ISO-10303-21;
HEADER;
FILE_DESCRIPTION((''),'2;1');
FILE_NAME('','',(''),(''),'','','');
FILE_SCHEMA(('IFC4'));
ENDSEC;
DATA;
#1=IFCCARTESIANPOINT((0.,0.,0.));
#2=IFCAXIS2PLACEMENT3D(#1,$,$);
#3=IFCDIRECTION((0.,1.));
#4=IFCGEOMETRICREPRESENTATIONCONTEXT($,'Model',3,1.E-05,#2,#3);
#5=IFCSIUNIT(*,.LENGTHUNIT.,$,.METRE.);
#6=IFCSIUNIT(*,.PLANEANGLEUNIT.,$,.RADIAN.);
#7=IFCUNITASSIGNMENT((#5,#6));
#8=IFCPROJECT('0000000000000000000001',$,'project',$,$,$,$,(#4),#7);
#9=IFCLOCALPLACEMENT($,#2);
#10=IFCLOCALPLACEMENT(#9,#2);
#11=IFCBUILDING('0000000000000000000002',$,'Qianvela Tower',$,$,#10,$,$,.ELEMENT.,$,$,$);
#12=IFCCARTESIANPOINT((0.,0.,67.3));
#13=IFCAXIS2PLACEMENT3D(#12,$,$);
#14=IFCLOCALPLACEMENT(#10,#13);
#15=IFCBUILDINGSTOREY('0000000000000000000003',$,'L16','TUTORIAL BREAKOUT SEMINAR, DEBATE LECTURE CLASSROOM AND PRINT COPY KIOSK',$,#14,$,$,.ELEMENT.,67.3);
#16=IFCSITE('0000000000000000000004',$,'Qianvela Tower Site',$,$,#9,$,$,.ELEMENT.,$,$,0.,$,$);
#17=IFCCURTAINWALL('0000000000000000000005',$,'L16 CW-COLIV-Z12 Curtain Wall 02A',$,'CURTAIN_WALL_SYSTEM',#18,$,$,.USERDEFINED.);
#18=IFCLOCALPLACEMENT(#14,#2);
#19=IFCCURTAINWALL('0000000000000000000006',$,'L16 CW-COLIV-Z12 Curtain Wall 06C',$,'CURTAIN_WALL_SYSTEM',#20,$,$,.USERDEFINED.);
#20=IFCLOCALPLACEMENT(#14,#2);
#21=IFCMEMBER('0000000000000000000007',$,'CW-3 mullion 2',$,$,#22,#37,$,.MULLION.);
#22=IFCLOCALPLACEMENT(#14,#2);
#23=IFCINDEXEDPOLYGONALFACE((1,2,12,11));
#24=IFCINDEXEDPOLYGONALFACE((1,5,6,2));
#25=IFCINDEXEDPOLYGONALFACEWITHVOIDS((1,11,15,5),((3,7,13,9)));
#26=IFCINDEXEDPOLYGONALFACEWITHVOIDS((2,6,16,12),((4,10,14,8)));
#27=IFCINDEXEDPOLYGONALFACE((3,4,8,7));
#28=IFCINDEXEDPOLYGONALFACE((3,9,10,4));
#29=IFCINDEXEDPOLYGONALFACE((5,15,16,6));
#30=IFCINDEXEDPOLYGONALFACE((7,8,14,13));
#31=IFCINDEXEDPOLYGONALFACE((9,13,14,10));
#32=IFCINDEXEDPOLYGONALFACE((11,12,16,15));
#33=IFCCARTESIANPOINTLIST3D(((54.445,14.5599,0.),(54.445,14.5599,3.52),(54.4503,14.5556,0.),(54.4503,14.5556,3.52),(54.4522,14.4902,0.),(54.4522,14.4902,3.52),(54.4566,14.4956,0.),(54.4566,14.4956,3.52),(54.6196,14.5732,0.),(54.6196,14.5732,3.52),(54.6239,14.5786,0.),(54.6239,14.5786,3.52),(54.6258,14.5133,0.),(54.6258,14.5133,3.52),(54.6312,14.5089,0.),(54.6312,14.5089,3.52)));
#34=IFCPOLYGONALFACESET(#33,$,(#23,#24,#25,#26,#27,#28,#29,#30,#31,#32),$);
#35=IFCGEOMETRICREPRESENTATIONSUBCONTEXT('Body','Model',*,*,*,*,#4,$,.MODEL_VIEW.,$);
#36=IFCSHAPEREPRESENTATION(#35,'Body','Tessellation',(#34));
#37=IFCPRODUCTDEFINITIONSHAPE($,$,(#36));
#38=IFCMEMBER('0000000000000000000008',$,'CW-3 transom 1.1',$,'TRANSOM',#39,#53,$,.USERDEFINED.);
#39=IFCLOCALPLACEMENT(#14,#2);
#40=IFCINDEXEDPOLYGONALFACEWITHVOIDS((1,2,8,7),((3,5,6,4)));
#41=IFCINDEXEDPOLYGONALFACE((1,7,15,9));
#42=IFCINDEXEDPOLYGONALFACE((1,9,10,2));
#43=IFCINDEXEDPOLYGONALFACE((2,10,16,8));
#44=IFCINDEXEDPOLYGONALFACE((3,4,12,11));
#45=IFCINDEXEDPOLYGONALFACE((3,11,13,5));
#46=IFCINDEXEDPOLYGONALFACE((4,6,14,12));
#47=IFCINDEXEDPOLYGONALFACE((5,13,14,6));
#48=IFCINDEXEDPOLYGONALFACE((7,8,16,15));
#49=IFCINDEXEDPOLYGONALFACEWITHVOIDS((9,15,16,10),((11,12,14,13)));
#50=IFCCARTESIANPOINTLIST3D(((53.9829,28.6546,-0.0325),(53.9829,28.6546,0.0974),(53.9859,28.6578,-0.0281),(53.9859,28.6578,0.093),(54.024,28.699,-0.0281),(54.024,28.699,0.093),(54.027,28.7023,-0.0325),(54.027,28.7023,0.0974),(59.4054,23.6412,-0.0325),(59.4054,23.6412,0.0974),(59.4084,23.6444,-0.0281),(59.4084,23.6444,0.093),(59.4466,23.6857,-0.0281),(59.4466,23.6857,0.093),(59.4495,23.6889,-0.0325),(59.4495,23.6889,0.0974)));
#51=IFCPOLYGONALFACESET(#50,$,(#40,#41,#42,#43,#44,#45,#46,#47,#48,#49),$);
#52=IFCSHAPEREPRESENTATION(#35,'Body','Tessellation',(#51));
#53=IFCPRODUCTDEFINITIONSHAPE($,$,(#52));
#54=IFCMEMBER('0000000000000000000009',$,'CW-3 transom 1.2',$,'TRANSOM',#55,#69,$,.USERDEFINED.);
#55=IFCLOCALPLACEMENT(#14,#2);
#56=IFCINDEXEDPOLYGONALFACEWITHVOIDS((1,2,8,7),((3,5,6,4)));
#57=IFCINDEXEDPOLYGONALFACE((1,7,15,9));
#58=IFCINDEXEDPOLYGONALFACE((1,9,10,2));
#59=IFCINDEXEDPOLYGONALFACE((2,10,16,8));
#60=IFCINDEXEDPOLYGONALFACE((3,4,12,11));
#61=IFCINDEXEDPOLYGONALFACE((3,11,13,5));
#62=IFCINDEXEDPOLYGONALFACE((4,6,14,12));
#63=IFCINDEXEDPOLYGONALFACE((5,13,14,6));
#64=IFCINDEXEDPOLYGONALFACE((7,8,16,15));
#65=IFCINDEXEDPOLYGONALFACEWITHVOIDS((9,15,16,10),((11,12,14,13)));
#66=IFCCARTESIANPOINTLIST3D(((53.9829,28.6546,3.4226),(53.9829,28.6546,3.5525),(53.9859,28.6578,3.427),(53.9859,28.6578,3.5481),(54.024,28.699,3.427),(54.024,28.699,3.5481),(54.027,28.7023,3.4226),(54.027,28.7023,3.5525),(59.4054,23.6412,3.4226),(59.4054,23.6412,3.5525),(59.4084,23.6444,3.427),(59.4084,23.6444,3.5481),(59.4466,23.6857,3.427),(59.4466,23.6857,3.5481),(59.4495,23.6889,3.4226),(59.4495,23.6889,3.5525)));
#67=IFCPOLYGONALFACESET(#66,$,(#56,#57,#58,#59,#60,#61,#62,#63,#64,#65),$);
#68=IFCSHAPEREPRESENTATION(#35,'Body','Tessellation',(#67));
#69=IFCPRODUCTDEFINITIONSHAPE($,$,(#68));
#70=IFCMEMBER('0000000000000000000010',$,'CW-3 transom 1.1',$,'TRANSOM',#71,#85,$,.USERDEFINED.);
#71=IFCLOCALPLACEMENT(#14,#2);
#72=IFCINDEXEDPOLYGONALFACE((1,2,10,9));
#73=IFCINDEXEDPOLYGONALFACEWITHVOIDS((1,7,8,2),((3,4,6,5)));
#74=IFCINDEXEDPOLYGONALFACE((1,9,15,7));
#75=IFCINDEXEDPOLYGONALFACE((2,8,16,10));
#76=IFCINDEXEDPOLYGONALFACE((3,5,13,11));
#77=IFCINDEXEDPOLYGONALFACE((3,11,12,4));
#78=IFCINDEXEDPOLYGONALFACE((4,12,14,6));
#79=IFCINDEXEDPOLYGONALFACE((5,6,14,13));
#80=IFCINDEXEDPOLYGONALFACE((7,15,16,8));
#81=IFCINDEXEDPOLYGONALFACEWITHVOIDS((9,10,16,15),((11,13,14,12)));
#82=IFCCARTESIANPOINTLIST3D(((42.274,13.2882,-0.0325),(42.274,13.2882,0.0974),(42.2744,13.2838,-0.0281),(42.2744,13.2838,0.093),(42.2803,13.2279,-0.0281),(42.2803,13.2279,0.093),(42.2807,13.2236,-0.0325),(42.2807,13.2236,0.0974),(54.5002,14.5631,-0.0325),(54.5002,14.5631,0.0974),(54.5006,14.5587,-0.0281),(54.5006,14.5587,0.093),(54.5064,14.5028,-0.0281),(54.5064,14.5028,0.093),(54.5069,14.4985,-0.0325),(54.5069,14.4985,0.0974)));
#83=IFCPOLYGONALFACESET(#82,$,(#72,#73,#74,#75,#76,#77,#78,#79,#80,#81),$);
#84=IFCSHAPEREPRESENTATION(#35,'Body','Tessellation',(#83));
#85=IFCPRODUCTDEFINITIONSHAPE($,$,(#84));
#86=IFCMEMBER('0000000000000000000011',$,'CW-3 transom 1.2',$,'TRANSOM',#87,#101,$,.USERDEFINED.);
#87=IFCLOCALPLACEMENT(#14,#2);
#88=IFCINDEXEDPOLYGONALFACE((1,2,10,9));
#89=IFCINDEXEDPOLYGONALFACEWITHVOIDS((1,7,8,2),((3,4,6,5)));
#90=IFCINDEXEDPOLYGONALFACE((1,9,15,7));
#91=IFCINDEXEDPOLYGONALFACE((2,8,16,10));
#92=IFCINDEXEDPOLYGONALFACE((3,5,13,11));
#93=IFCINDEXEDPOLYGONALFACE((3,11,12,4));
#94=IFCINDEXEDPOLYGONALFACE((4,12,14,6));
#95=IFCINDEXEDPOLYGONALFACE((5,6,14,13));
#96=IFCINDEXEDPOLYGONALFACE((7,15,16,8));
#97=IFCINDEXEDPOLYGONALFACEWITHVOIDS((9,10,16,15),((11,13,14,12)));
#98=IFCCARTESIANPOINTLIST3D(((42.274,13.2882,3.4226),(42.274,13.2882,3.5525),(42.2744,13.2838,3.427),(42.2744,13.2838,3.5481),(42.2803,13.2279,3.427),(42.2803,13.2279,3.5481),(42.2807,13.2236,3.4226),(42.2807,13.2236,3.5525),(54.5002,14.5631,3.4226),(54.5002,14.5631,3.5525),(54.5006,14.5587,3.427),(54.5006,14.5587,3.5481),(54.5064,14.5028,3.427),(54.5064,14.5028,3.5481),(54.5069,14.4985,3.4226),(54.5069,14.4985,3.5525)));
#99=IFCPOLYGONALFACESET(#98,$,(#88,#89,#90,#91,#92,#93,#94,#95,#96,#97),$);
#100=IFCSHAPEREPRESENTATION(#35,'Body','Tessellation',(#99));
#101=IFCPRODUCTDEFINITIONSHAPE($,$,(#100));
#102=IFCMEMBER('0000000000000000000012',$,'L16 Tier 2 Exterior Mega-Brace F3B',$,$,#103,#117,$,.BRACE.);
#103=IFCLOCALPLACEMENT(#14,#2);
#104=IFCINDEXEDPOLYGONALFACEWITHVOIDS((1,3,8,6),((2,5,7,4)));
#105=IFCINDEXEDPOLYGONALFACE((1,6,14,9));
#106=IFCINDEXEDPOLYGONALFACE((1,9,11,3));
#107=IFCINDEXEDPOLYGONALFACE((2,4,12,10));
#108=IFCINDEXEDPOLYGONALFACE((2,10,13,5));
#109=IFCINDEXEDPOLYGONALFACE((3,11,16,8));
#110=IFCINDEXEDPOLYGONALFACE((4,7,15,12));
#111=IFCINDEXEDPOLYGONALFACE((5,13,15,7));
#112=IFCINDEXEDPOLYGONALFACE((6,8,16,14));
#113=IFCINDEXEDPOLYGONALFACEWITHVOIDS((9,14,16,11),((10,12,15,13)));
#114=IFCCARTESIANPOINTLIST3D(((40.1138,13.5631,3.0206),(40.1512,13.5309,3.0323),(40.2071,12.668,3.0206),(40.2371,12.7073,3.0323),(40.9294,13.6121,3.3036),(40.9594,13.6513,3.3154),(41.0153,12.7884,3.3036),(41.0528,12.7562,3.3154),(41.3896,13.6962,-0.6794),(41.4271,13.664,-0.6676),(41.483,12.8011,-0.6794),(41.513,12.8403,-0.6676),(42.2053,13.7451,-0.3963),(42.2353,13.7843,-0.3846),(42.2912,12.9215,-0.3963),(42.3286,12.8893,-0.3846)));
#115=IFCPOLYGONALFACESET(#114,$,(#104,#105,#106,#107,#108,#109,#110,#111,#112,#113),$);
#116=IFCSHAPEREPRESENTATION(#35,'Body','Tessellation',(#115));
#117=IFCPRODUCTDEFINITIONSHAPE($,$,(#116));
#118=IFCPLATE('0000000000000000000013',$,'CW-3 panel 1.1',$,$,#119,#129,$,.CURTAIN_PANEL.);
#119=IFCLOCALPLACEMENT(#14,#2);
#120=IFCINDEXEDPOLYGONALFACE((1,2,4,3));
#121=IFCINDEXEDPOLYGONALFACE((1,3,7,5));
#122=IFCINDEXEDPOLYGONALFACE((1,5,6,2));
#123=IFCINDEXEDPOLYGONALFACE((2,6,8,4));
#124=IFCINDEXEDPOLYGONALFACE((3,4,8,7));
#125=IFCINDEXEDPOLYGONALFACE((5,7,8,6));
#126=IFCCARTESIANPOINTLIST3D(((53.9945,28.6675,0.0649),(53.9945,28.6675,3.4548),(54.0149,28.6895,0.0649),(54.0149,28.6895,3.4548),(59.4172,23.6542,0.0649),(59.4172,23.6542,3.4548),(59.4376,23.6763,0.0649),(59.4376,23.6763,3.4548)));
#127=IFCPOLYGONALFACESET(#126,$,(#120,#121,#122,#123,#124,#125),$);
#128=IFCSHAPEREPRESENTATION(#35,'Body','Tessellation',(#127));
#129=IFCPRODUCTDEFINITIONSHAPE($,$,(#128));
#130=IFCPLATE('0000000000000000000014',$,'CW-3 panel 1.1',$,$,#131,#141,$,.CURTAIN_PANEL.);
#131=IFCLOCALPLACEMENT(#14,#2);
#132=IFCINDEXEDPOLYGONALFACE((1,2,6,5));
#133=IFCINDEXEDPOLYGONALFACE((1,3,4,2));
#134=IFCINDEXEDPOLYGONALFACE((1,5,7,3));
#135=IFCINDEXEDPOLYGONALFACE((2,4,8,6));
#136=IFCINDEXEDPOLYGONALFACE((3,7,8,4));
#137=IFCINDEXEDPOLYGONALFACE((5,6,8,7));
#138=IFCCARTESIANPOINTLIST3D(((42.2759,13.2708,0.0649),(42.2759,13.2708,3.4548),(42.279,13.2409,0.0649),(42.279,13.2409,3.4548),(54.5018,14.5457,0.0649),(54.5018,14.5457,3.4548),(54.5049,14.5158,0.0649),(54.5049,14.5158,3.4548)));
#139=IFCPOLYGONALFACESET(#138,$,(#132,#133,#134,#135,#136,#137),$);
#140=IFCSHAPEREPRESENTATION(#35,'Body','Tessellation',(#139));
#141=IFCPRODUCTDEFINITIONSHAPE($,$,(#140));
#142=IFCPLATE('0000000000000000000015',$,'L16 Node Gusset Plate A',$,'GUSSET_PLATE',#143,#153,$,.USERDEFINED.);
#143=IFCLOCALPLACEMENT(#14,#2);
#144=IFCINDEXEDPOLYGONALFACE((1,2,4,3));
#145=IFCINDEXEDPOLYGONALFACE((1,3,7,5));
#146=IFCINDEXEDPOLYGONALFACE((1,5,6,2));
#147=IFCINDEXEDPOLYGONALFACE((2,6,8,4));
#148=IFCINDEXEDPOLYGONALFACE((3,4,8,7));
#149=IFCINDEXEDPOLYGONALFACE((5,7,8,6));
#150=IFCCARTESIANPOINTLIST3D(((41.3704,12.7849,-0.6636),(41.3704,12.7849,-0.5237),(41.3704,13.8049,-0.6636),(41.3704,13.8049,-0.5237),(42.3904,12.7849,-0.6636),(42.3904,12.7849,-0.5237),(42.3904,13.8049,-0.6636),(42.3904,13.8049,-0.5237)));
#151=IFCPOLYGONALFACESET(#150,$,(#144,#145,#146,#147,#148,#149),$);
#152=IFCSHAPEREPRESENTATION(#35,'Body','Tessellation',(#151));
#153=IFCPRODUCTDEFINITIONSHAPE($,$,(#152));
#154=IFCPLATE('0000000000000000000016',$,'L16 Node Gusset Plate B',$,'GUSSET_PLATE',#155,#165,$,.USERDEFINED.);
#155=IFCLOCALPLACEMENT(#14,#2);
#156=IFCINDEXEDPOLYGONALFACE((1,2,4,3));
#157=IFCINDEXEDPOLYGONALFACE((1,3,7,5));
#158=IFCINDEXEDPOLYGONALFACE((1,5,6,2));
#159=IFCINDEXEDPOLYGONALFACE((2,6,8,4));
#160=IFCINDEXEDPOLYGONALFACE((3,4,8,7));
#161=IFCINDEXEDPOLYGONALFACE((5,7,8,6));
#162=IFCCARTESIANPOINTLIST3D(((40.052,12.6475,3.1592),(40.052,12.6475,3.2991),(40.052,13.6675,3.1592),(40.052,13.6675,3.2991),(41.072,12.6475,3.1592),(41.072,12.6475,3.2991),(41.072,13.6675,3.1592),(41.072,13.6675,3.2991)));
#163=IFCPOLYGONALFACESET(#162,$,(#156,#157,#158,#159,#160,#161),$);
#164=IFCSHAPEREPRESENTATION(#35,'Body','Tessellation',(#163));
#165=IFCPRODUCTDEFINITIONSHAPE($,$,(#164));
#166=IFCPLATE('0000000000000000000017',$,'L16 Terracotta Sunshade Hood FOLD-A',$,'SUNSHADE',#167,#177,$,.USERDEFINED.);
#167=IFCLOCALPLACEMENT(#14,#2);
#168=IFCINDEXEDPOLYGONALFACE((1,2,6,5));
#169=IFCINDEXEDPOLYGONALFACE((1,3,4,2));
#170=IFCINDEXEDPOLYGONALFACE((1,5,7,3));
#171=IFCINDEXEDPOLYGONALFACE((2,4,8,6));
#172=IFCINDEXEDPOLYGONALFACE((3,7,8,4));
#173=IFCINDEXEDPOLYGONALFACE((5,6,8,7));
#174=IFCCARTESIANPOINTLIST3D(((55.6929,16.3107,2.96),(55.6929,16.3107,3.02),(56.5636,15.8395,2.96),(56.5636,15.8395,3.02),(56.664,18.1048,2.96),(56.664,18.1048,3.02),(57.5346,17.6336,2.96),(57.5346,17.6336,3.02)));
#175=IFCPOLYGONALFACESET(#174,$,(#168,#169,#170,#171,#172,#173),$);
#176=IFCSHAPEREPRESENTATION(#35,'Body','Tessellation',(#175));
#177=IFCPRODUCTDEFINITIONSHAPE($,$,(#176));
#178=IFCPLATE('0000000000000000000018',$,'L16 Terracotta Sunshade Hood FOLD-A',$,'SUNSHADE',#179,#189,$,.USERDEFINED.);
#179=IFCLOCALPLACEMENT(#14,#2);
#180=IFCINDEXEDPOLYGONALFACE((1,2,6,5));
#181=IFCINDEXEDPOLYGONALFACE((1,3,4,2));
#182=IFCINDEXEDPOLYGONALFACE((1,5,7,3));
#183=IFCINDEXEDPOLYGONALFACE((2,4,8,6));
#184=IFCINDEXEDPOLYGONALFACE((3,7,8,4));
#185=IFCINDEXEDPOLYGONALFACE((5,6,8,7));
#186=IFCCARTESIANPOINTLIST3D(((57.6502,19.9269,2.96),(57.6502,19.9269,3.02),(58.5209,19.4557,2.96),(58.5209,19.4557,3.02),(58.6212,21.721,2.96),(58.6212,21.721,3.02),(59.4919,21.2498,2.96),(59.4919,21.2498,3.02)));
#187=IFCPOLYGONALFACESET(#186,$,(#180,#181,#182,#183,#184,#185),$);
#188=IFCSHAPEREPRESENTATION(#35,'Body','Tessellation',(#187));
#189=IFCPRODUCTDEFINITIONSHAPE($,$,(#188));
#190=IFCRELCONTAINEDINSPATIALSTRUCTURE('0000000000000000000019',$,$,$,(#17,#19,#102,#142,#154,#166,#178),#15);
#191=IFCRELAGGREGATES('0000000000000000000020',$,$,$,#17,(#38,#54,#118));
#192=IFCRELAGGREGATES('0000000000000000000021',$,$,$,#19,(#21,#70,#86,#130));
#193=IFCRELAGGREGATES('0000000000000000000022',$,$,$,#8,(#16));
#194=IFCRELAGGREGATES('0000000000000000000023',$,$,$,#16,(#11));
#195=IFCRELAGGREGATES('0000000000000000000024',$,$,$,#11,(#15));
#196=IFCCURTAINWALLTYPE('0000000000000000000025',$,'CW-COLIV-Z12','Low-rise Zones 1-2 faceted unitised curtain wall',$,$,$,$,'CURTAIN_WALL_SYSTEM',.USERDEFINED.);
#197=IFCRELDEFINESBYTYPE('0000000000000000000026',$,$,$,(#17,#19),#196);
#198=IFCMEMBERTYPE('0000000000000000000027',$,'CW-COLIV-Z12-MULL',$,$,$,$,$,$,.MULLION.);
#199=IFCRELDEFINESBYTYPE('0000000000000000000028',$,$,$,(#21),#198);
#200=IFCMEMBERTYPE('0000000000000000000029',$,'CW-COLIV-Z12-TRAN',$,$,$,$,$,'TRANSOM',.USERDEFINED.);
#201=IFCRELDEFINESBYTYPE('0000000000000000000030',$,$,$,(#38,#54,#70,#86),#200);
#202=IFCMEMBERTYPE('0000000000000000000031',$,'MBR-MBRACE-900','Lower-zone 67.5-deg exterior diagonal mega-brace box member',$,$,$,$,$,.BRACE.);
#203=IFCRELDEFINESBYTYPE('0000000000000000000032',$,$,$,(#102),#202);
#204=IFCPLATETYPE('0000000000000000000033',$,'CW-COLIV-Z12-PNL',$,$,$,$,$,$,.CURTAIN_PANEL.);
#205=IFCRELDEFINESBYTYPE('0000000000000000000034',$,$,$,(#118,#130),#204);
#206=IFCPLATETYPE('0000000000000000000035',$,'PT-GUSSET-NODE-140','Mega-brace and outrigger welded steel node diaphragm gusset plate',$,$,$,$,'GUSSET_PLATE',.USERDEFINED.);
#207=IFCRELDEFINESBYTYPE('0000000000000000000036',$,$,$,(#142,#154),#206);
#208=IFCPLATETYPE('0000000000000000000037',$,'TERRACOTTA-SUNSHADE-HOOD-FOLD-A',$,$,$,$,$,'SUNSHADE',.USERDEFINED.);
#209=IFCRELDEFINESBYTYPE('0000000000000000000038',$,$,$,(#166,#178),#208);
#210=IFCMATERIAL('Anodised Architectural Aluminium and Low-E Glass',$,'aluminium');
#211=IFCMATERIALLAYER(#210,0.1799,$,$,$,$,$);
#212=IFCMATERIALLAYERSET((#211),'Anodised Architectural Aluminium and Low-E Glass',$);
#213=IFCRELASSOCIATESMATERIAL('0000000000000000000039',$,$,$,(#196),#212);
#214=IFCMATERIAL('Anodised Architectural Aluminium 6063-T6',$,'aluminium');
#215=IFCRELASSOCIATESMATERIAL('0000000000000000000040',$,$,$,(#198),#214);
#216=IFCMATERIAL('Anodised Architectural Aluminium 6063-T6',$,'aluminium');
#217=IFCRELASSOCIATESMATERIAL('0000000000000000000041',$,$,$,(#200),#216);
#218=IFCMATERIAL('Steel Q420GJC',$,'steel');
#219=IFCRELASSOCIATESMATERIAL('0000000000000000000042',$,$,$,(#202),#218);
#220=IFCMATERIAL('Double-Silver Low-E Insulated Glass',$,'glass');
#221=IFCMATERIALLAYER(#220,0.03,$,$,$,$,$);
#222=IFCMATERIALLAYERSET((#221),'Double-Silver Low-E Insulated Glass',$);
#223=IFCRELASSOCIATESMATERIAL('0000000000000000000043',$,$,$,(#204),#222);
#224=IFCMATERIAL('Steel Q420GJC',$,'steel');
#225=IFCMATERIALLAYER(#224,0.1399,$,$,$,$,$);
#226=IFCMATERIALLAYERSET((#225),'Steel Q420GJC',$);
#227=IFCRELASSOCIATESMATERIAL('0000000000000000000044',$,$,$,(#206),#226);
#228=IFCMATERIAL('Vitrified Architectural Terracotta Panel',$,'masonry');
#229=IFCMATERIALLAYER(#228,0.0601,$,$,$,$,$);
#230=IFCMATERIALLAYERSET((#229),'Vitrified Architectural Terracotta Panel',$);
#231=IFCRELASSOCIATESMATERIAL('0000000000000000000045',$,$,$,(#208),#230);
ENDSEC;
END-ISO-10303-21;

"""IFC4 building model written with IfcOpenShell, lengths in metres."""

from ifc_helpers import new_model, si_unit, direction, frame, origin, origin_2d, place, context, subcontext, project, spatial, rectangle, hollow_rectangle, extrude, material, layer, layer_set, material_profile, profile_set, type_object, element, aggregate, save


model = new_model("IFC4")

# Units and contexts
model_context = context("Model", 3, precision=1e-05, world=origin(), true_north=direction((0.0, 1.0)))
body_context = subcontext(model_context, "Body", "Model", "MODEL_VIEW")
ifc_project = project(units=[si_unit("LENGTHUNIT", "METRE"), si_unit("PLANEANGLEUNIT", "RADIAN")], contexts=[model_context])

# Site, building, storey
site_placement = place(None, origin())
site = spatial("IfcSite", under=ifc_project, at=site_placement, Name="Qianvela Tower Site", CompositionType="ELEMENT", RefElevation=0.0)
building_placement = place(site_placement, origin())
building = spatial("IfcBuilding", under=site, at=building_placement, Name="Qianvela Tower", CompositionType="ELEMENT")
storey_placement = place(building_placement, frame((0.0, 0.0, 67.3)))
storey = spatial("IfcBuildingStorey", under=building, at=storey_placement, Name="L16", Description="TUTORIAL BREAKOUT SEMINAR, DEBATE LECTURE CLASSROOM AND PRINT COPY KIOSK", CompositionType="ELEMENT", Elevation=67.3)

# Curtain wall
ifc_material_1 = material(Name="Anodised Architectural Aluminium and Low-E Glass", Category="aluminium")
ifc_layer_1 = layer(ifc_material_1, 0.1799)
ifc_layer_set_1 = layer_set([ifc_layer_1], Name="Anodised Architectural Aluminium and Low-E Glass")
curtain_wall_type_1 = type_object("IfcCurtainWallType", Name="CW-COLIV-Z12", Description="Low-rise Zones 1-2 faceted unitised curtain wall", ElementType="CURTAIN_WALL_SYSTEM", PredefinedType="USERDEFINED", material=ifc_layer_set_1)
curtain_wall_1_placement = place(storey_placement, origin())
curtain_wall_1 = element("IfcCurtainWall", 1, at=curtain_wall_1_placement, inside=storey, type_object=curtain_wall_type_1, Name="L16 CW-COLIV-Z12 Curtain Wall 02A", ObjectType="CURTAIN_WALL_SYSTEM", PredefinedType="USERDEFINED")
ifc_material_2 = material(Name="Anodised Architectural Aluminium 6063-T6", Category="aluminium")
ifc_material_profile_1 = material_profile(ifc_material_2, hollow_rectangle(XDim=0.0701, YDim=0.1799, WallThickness=0.0049, at=origin_2d()), Name="ALU-MULL-70x180")
ifc_profile_set_1 = profile_set([ifc_material_profile_1], Name="Anodised Architectural Aluminium 6063-T6")
member_type_1 = type_object("IfcMemberType", Name="CW-COLIV-Z12-MULL", PredefinedType="MULLION", material=ifc_profile_set_1)

# Curtain wall, member
curtain_wall_2_placement = place(storey_placement, origin())
curtain_wall_2 = element("IfcCurtainWall", 2, at=curtain_wall_2_placement, inside=storey, type_object=curtain_wall_type_1, Name="L16 CW-COLIV-Z12 Curtain Wall 06C", ObjectType="CURTAIN_WALL_SYSTEM", PredefinedType="USERDEFINED")
member_1_placement = place(storey_placement, frame((54.5381, 14.5344, 0.0), z_axis=(0.0, 0.0, 1.0), x_axis=(-0.103713, 0.994607, 0.0)))
member_1 = element("IfcMember", 3, at=member_1_placement, type_object=member_type_1, Name="CW-3 mullion 2", PredefinedType="MULLION", context=body_context, shape_type="SweptSolid", body=[
    extrude(hollow_rectangle(XDim=0.0701, YDim=0.1799, WallThickness=0.0049, at=origin_2d()), origin(), (0.0, 0.0, 1.0), 3.52),
])

# Members
ifc_material_3 = material(Name="Anodised Architectural Aluminium 6063-T6", Category="aluminium")
ifc_material_profile_2 = material_profile(ifc_material_3, hollow_rectangle(XDim=0.0649, YDim=0.1299, WallThickness=0.0044, at=origin_2d()), Name="ALU-TRAN-65x130")
ifc_profile_set_2 = profile_set([ifc_material_profile_2], Name="Anodised Architectural Aluminium 6063-T6")
member_type_2 = type_object("IfcMemberType", Name="CW-COLIV-Z12-TRAN", ElementType="TRANSOM", PredefinedType="USERDEFINED", material=ifc_profile_set_2)
member_2_placement = place(storey_placement, frame((59.4275, 23.665, 0.0325), z_axis=(-0.734267, 0.678861, 0.0), x_axis=(-0.678861, -0.734267, 0.0)))
member_2 = element("IfcMember", 4, at=member_2_placement, type_object=member_type_2, Name="CW-3 transom 1.1", ObjectType="TRANSOM", PredefinedType="USERDEFINED", context=body_context, shape_type="SweptSolid", body=[
    extrude(hollow_rectangle(XDim=0.0649, YDim=0.1299, WallThickness=0.0044, at=origin_2d()), origin(), (0.0, 0.0, 1.0), 7.385),
])
member_3_placement = place(storey_placement, frame((59.4275, 23.665, 3.4875), z_axis=(-0.734267, 0.678861, 0.0), x_axis=(-0.678861, -0.734267, 0.0)))
member_3 = element("IfcMember", 5, at=member_3_placement, type_object=member_type_2, Name="CW-3 transom 1.2", ObjectType="TRANSOM", PredefinedType="USERDEFINED", context=body_context, shape_type="SweptSolid", body=[
    extrude(hollow_rectangle(XDim=0.0649, YDim=0.1299, WallThickness=0.0044, at=origin_2d()), origin(), (0.0, 0.0, 1.0), 7.385),
])
member_4_placement = place(storey_placement, frame((42.2773, 13.2559, 0.0325), z_axis=(0.994607, 0.103715, 0.0), x_axis=(-0.103715, 0.994607, 0.0)))
member_4 = element("IfcMember", 6, at=member_4_placement, type_object=member_type_2, Name="CW-3 transom 1.1", ObjectType="TRANSOM", PredefinedType="USERDEFINED", context=body_context, shape_type="SweptSolid", body=[
    extrude(hollow_rectangle(XDim=0.0649, YDim=0.1299, WallThickness=0.0044, at=origin_2d()), origin(), (0.0, 0.0, 1.0), 12.2925),
])
member_5_placement = place(storey_placement, frame((42.2773, 13.2559, 3.4875), z_axis=(0.994607, 0.103715, 0.0), x_axis=(-0.103715, 0.994607, 0.0)))
member_5 = element("IfcMember", 7, at=member_5_placement, type_object=member_type_2, Name="CW-3 transom 1.2", ObjectType="TRANSOM", PredefinedType="USERDEFINED", context=body_context, shape_type="SweptSolid", body=[
    extrude(hollow_rectangle(XDim=0.0649, YDim=0.1299, WallThickness=0.0044, at=origin_2d()), origin(), (0.0, 0.0, 1.0), 12.2925),
])
ifc_material_4 = material(Name="Steel Q420GJC", Category="steel")
ifc_material_profile_3 = material_profile(ifc_material_4, hollow_rectangle(XDim=0.8999, YDim=0.8999, WallThickness=0.0359, at=origin_2d()), Name="MBOX-900x900x36")
ifc_profile_set_3 = profile_set([ifc_material_profile_3], Name="Steel Q420GJC")
member_type_3 = type_object("IfcMemberType", Name="MBR-MBRACE-900", Description="Lower-zone 67.5-deg exterior diagonal mega-brace box member", PredefinedType="BRACE", material=ifc_profile_set_3)
member_6_placement = place(storey_placement, frame((41.8591, 13.2927, -0.532), z_axis=(-0.32581, -0.033978, 0.944824), x_axis=(0.103724, -0.994606, 0.0)))
element("IfcMember", 8, at=member_6_placement, inside=storey, type_object=member_type_3, Name="L16 Tier 2 Exterior Mega-Brace F3B", PredefinedType="BRACE", context=body_context, shape_type="SweptSolid", body=[
    extrude(hollow_rectangle(XDim=0.8999, YDim=0.8999, WallThickness=0.0359, at=origin_2d()), origin(), (0.0, 0.0, 1.0), 3.916),
])

# Plates
ifc_material_5 = material(Name="Double-Silver Low-E Insulated Glass", Category="glass")
ifc_layer_2 = layer(ifc_material_5, 0.03)
ifc_layer_set_2 = layer_set([ifc_layer_2], Name="Double-Silver Low-E Insulated Glass")
plate_type_1 = type_object("IfcPlateType", Name="CW-COLIV-Z12-PNL", PredefinedType="CURTAIN_PANEL", material=ifc_layer_set_2)
plate_1_placement = place(storey_placement, frame((56.7161, 26.1719, 0.0649), z_axis=(0.0, 0.0, 1.0), x_axis=(-0.734283, 0.678843, 0.0)))
plate_1 = element("IfcPlate", 9, at=plate_1_placement, type_object=plate_type_1, Name="CW-3 panel 1.1", PredefinedType="CURTAIN_PANEL", context=body_context, shape_type="SweptSolid", body=[
    extrude(rectangle(XDim=7.385, YDim=0.03, at=origin_2d()), origin(), (0.0, 0.0, 1.0), 3.3899),
])
aggregate(curtain_wall_1, [member_2, member_3, plate_1])
plate_2_placement = place(storey_placement, frame((48.3904, 13.8933, 0.0649), z_axis=(0.0, 0.0, 1.0), x_axis=(0.994607, 0.103713, 0.0)))
plate_2 = element("IfcPlate", 10, at=plate_2_placement, type_object=plate_type_1, Name="CW-3 panel 1.1", PredefinedType="CURTAIN_PANEL", context=body_context, shape_type="SweptSolid", body=[
    extrude(rectangle(XDim=12.2922, YDim=0.03, at=origin_2d()), origin(), (0.0, 0.0, 1.0), 3.3899),
])
aggregate(curtain_wall_2, [member_1, member_4, member_5, plate_2])

# Plates
ifc_material_6 = material(Name="Steel Q420GJC", Category="steel")
ifc_layer_3 = layer(ifc_material_6, 0.1399)
ifc_layer_set_3 = layer_set([ifc_layer_3], Name="Steel Q420GJC")
plate_type_2 = type_object("IfcPlateType", Name="PT-GUSSET-NODE-140", Description="Mega-brace and outrigger welded steel node diaphragm gusset plate", ElementType="GUSSET_PLATE", PredefinedType="USERDEFINED", material=ifc_layer_set_3)
for number, where, z_axis, x_axis, name in (
    (11, (41.8804, 13.2949, -0.6636), (0.0, 0.0, 1.0), (1.0, 0.0, 0.0), "L16 Node Gusset Plate A"),
    (12, (40.562, 13.1575, 3.1592), (0.0, 0.0, 1.0), (1.0, 0.0, 0.0), "L16 Node Gusset Plate B"),
):
    element("IfcPlate", number, at=place(storey_placement, frame(where, z_axis=z_axis, x_axis=x_axis)), inside=storey, type_object=plate_type_2, Name=name, ObjectType="GUSSET_PLATE", PredefinedType="USERDEFINED", context=body_context, shape_type="SweptSolid", body=[
        extrude(rectangle(XDim=1.02, YDim=1.02, at=origin_2d()), origin(), (0.0, 0.0, 1.0), 0.1399),
    ])
ifc_material_7 = material(Name="Vitrified Architectural Terracotta Panel", Category="masonry")
ifc_layer_4 = layer(ifc_material_7, 0.0601)
ifc_layer_set_4 = layer_set([ifc_layer_4], Name="Vitrified Architectural Terracotta Panel")
plate_type_3 = type_object("IfcPlateType", Name="TERRACOTTA-SUNSHADE-HOOD-FOLD-A", ElementType="SUNSHADE", PredefinedType="USERDEFINED", material=ifc_layer_set_4)
for number, where, z_axis, x_axis, name in (
    (13, (56.6138, 16.9722, 2.96), (0.0, 0.0, 1.0), (0.475983, 0.879454, 0.0), "L16 Terracotta Sunshade Hood FOLD-A"),
    (14, (58.571, 20.5884, 2.96), (0.0, 0.0, 1.0), (0.475983, 0.879454, 0.0), "L16 Terracotta Sunshade Hood FOLD-A"),
):
    element("IfcPlate", number, at=place(storey_placement, frame(where, z_axis=z_axis, x_axis=x_axis)), inside=storey, type_object=plate_type_3, Name=name, ObjectType="SUNSHADE", PredefinedType="USERDEFINED", context=body_context, shape_type="SweptSolid", body=[
        extrude(rectangle(XDim=2.04, YDim=0.99, at=origin_2d()), origin(), (0.0, 0.0, 1.0), 0.0601),
    ])

save(model, "model.ifc")
